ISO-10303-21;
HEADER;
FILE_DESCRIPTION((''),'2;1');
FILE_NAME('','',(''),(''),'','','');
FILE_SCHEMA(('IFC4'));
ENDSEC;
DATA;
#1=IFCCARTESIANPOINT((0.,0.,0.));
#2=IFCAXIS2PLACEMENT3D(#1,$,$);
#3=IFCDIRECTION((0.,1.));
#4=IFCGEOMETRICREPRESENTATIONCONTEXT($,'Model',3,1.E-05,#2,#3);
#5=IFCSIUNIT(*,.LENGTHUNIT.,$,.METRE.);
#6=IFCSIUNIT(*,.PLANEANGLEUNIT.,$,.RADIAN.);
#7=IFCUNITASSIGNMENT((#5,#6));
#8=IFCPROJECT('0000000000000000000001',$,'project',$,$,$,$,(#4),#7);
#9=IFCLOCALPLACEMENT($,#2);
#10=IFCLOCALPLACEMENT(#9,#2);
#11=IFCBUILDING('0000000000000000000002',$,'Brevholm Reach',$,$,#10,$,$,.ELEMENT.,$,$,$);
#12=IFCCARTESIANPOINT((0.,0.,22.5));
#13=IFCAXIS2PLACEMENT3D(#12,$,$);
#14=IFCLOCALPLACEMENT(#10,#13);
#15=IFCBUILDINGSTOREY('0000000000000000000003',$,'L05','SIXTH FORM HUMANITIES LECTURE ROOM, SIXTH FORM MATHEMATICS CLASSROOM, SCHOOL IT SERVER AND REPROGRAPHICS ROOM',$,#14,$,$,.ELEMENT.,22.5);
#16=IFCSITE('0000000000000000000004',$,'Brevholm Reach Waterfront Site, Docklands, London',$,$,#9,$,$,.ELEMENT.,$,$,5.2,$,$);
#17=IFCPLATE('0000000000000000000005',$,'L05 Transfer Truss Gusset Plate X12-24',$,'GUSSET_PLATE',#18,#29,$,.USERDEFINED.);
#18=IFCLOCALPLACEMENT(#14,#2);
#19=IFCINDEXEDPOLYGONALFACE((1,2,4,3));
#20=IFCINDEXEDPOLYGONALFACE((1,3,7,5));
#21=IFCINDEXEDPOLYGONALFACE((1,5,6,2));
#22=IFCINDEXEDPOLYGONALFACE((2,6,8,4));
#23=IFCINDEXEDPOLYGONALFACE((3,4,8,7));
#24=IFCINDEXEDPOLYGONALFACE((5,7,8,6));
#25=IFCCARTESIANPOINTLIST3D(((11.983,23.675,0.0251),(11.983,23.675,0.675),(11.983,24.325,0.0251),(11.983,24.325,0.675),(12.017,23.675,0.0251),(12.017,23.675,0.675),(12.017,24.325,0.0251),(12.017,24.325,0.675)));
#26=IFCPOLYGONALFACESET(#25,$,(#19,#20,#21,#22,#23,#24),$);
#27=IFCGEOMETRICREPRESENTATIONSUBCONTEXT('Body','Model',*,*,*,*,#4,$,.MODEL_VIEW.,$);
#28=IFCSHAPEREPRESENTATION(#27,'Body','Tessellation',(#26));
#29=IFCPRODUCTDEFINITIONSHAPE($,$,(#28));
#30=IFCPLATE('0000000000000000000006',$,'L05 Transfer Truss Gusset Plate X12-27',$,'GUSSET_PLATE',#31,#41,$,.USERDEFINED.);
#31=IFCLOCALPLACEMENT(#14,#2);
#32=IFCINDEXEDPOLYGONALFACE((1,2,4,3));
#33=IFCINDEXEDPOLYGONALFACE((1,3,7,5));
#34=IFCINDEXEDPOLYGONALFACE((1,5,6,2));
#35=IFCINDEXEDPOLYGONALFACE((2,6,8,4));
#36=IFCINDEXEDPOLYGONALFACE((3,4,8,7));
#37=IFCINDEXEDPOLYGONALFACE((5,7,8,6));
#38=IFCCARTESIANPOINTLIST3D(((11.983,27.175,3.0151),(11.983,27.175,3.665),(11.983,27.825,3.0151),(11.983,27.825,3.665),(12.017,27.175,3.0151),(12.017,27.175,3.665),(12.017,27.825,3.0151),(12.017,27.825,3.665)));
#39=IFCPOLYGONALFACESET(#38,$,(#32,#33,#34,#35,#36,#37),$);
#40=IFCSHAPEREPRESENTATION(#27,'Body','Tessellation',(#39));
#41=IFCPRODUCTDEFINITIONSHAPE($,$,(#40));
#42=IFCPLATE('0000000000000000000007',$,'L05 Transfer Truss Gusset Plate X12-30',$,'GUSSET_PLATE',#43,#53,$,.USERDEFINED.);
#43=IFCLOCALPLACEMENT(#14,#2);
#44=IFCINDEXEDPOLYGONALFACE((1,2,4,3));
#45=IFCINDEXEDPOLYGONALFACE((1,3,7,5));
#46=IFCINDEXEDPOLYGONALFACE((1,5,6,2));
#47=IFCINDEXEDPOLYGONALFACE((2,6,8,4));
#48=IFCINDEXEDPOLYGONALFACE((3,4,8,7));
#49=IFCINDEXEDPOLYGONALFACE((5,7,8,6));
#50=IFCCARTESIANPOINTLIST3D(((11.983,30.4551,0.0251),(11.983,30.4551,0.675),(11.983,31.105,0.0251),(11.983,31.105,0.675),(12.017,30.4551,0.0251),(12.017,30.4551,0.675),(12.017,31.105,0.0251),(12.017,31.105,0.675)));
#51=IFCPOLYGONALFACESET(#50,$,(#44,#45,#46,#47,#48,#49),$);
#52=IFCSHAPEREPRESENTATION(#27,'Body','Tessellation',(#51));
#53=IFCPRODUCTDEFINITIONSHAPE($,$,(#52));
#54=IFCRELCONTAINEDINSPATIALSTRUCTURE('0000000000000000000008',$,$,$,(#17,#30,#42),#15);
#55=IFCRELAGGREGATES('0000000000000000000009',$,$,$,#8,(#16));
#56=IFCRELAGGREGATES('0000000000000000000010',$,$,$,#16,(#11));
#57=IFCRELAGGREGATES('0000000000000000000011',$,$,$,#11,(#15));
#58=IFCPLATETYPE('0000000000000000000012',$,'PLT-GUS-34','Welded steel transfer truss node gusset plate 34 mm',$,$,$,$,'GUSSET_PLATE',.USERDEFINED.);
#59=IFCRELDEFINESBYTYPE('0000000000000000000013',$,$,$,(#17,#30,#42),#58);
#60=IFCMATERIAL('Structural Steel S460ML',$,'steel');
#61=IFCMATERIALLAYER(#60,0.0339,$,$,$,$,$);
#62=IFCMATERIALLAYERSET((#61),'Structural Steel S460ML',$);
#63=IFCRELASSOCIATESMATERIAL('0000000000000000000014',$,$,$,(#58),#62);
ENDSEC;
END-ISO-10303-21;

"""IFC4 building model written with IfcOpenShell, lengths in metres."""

from ifc_helpers import new_model, si_unit, direction, frame, origin, origin_2d, place, context, subcontext, project, spatial, rectangle, extrude, material, layer, layer_set, type_object, element, save


model = new_model("IFC4")

# Units and contexts
model_context = context("Model", 3, precision=1e-05, world=origin(), true_north=direction((0.0, 1.0)))
body_context = subcontext(model_context, "Body", "Model", "MODEL_VIEW")
ifc_project = project(units=[si_unit("LENGTHUNIT", "METRE"), si_unit("PLANEANGLEUNIT", "RADIAN")], contexts=[model_context])

# Site, building, storey
site_placement = place(None, origin())
site = spatial("IfcSite", under=ifc_project, at=site_placement, Name="Brevholm Reach Waterfront Site, Docklands, London", CompositionType="ELEMENT", RefElevation=5.2)
building_placement = place(site_placement, origin())
building = spatial("IfcBuilding", under=site, at=building_placement, Name="Brevholm Reach", CompositionType="ELEMENT")
storey_placement = place(building_placement, frame((0.0, 0.0, 22.5)))
storey = spatial("IfcBuildingStorey", under=building, at=storey_placement, Name="L05", Description="SIXTH FORM HUMANITIES LECTURE ROOM, SIXTH FORM MATHEMATICS CLASSROOM, SCHOOL IT SERVER AND REPROGRAPHICS ROOM", CompositionType="ELEMENT", Elevation=22.5)

# Plates
ifc_material_1 = material(Name="Structural Steel S460ML", Category="steel")
ifc_layer = layer(ifc_material_1, 0.0339)
ifc_layer_set = layer_set([ifc_layer], Name="Structural Steel S460ML")
plate_type = type_object("IfcPlateType", Name="PLT-GUS-34", Description="Welded steel transfer truss node gusset plate 34 mm", ElementType="GUSSET_PLATE", PredefinedType="USERDEFINED", material=ifc_layer_set)
for number, where, z_axis, x_axis, name in (
    (1, (12.0, 24.0, 0.0251), (0.0, 0.0, 1.0), (1.0, 0.0, 0.0), "L05 Transfer Truss Gusset Plate X12-24"),
    (2, (12.0, 27.5, 3.0151), (0.0, 0.0, 1.0), (1.0, 0.0, 0.0), "L05 Transfer Truss Gusset Plate X12-27"),
    (3, (12.0, 30.78, 0.0251), (0.0, 0.0, 1.0), (1.0, 0.0, 0.0), "L05 Transfer Truss Gusset Plate X12-30"),
):
    element("IfcPlate", number, at=place(storey_placement, frame(where, z_axis=z_axis, x_axis=x_axis)), inside=storey, type_object=plate_type, Name=name, ObjectType="GUSSET_PLATE", PredefinedType="USERDEFINED", context=body_context, shape_type="SweptSolid", body=[
        extrude(rectangle(XDim=0.0339, YDim=0.6499, at=origin_2d()), origin(), (0.0, 0.0, 1.0), 0.6499),
    ])

save(model, "model.ifc")
